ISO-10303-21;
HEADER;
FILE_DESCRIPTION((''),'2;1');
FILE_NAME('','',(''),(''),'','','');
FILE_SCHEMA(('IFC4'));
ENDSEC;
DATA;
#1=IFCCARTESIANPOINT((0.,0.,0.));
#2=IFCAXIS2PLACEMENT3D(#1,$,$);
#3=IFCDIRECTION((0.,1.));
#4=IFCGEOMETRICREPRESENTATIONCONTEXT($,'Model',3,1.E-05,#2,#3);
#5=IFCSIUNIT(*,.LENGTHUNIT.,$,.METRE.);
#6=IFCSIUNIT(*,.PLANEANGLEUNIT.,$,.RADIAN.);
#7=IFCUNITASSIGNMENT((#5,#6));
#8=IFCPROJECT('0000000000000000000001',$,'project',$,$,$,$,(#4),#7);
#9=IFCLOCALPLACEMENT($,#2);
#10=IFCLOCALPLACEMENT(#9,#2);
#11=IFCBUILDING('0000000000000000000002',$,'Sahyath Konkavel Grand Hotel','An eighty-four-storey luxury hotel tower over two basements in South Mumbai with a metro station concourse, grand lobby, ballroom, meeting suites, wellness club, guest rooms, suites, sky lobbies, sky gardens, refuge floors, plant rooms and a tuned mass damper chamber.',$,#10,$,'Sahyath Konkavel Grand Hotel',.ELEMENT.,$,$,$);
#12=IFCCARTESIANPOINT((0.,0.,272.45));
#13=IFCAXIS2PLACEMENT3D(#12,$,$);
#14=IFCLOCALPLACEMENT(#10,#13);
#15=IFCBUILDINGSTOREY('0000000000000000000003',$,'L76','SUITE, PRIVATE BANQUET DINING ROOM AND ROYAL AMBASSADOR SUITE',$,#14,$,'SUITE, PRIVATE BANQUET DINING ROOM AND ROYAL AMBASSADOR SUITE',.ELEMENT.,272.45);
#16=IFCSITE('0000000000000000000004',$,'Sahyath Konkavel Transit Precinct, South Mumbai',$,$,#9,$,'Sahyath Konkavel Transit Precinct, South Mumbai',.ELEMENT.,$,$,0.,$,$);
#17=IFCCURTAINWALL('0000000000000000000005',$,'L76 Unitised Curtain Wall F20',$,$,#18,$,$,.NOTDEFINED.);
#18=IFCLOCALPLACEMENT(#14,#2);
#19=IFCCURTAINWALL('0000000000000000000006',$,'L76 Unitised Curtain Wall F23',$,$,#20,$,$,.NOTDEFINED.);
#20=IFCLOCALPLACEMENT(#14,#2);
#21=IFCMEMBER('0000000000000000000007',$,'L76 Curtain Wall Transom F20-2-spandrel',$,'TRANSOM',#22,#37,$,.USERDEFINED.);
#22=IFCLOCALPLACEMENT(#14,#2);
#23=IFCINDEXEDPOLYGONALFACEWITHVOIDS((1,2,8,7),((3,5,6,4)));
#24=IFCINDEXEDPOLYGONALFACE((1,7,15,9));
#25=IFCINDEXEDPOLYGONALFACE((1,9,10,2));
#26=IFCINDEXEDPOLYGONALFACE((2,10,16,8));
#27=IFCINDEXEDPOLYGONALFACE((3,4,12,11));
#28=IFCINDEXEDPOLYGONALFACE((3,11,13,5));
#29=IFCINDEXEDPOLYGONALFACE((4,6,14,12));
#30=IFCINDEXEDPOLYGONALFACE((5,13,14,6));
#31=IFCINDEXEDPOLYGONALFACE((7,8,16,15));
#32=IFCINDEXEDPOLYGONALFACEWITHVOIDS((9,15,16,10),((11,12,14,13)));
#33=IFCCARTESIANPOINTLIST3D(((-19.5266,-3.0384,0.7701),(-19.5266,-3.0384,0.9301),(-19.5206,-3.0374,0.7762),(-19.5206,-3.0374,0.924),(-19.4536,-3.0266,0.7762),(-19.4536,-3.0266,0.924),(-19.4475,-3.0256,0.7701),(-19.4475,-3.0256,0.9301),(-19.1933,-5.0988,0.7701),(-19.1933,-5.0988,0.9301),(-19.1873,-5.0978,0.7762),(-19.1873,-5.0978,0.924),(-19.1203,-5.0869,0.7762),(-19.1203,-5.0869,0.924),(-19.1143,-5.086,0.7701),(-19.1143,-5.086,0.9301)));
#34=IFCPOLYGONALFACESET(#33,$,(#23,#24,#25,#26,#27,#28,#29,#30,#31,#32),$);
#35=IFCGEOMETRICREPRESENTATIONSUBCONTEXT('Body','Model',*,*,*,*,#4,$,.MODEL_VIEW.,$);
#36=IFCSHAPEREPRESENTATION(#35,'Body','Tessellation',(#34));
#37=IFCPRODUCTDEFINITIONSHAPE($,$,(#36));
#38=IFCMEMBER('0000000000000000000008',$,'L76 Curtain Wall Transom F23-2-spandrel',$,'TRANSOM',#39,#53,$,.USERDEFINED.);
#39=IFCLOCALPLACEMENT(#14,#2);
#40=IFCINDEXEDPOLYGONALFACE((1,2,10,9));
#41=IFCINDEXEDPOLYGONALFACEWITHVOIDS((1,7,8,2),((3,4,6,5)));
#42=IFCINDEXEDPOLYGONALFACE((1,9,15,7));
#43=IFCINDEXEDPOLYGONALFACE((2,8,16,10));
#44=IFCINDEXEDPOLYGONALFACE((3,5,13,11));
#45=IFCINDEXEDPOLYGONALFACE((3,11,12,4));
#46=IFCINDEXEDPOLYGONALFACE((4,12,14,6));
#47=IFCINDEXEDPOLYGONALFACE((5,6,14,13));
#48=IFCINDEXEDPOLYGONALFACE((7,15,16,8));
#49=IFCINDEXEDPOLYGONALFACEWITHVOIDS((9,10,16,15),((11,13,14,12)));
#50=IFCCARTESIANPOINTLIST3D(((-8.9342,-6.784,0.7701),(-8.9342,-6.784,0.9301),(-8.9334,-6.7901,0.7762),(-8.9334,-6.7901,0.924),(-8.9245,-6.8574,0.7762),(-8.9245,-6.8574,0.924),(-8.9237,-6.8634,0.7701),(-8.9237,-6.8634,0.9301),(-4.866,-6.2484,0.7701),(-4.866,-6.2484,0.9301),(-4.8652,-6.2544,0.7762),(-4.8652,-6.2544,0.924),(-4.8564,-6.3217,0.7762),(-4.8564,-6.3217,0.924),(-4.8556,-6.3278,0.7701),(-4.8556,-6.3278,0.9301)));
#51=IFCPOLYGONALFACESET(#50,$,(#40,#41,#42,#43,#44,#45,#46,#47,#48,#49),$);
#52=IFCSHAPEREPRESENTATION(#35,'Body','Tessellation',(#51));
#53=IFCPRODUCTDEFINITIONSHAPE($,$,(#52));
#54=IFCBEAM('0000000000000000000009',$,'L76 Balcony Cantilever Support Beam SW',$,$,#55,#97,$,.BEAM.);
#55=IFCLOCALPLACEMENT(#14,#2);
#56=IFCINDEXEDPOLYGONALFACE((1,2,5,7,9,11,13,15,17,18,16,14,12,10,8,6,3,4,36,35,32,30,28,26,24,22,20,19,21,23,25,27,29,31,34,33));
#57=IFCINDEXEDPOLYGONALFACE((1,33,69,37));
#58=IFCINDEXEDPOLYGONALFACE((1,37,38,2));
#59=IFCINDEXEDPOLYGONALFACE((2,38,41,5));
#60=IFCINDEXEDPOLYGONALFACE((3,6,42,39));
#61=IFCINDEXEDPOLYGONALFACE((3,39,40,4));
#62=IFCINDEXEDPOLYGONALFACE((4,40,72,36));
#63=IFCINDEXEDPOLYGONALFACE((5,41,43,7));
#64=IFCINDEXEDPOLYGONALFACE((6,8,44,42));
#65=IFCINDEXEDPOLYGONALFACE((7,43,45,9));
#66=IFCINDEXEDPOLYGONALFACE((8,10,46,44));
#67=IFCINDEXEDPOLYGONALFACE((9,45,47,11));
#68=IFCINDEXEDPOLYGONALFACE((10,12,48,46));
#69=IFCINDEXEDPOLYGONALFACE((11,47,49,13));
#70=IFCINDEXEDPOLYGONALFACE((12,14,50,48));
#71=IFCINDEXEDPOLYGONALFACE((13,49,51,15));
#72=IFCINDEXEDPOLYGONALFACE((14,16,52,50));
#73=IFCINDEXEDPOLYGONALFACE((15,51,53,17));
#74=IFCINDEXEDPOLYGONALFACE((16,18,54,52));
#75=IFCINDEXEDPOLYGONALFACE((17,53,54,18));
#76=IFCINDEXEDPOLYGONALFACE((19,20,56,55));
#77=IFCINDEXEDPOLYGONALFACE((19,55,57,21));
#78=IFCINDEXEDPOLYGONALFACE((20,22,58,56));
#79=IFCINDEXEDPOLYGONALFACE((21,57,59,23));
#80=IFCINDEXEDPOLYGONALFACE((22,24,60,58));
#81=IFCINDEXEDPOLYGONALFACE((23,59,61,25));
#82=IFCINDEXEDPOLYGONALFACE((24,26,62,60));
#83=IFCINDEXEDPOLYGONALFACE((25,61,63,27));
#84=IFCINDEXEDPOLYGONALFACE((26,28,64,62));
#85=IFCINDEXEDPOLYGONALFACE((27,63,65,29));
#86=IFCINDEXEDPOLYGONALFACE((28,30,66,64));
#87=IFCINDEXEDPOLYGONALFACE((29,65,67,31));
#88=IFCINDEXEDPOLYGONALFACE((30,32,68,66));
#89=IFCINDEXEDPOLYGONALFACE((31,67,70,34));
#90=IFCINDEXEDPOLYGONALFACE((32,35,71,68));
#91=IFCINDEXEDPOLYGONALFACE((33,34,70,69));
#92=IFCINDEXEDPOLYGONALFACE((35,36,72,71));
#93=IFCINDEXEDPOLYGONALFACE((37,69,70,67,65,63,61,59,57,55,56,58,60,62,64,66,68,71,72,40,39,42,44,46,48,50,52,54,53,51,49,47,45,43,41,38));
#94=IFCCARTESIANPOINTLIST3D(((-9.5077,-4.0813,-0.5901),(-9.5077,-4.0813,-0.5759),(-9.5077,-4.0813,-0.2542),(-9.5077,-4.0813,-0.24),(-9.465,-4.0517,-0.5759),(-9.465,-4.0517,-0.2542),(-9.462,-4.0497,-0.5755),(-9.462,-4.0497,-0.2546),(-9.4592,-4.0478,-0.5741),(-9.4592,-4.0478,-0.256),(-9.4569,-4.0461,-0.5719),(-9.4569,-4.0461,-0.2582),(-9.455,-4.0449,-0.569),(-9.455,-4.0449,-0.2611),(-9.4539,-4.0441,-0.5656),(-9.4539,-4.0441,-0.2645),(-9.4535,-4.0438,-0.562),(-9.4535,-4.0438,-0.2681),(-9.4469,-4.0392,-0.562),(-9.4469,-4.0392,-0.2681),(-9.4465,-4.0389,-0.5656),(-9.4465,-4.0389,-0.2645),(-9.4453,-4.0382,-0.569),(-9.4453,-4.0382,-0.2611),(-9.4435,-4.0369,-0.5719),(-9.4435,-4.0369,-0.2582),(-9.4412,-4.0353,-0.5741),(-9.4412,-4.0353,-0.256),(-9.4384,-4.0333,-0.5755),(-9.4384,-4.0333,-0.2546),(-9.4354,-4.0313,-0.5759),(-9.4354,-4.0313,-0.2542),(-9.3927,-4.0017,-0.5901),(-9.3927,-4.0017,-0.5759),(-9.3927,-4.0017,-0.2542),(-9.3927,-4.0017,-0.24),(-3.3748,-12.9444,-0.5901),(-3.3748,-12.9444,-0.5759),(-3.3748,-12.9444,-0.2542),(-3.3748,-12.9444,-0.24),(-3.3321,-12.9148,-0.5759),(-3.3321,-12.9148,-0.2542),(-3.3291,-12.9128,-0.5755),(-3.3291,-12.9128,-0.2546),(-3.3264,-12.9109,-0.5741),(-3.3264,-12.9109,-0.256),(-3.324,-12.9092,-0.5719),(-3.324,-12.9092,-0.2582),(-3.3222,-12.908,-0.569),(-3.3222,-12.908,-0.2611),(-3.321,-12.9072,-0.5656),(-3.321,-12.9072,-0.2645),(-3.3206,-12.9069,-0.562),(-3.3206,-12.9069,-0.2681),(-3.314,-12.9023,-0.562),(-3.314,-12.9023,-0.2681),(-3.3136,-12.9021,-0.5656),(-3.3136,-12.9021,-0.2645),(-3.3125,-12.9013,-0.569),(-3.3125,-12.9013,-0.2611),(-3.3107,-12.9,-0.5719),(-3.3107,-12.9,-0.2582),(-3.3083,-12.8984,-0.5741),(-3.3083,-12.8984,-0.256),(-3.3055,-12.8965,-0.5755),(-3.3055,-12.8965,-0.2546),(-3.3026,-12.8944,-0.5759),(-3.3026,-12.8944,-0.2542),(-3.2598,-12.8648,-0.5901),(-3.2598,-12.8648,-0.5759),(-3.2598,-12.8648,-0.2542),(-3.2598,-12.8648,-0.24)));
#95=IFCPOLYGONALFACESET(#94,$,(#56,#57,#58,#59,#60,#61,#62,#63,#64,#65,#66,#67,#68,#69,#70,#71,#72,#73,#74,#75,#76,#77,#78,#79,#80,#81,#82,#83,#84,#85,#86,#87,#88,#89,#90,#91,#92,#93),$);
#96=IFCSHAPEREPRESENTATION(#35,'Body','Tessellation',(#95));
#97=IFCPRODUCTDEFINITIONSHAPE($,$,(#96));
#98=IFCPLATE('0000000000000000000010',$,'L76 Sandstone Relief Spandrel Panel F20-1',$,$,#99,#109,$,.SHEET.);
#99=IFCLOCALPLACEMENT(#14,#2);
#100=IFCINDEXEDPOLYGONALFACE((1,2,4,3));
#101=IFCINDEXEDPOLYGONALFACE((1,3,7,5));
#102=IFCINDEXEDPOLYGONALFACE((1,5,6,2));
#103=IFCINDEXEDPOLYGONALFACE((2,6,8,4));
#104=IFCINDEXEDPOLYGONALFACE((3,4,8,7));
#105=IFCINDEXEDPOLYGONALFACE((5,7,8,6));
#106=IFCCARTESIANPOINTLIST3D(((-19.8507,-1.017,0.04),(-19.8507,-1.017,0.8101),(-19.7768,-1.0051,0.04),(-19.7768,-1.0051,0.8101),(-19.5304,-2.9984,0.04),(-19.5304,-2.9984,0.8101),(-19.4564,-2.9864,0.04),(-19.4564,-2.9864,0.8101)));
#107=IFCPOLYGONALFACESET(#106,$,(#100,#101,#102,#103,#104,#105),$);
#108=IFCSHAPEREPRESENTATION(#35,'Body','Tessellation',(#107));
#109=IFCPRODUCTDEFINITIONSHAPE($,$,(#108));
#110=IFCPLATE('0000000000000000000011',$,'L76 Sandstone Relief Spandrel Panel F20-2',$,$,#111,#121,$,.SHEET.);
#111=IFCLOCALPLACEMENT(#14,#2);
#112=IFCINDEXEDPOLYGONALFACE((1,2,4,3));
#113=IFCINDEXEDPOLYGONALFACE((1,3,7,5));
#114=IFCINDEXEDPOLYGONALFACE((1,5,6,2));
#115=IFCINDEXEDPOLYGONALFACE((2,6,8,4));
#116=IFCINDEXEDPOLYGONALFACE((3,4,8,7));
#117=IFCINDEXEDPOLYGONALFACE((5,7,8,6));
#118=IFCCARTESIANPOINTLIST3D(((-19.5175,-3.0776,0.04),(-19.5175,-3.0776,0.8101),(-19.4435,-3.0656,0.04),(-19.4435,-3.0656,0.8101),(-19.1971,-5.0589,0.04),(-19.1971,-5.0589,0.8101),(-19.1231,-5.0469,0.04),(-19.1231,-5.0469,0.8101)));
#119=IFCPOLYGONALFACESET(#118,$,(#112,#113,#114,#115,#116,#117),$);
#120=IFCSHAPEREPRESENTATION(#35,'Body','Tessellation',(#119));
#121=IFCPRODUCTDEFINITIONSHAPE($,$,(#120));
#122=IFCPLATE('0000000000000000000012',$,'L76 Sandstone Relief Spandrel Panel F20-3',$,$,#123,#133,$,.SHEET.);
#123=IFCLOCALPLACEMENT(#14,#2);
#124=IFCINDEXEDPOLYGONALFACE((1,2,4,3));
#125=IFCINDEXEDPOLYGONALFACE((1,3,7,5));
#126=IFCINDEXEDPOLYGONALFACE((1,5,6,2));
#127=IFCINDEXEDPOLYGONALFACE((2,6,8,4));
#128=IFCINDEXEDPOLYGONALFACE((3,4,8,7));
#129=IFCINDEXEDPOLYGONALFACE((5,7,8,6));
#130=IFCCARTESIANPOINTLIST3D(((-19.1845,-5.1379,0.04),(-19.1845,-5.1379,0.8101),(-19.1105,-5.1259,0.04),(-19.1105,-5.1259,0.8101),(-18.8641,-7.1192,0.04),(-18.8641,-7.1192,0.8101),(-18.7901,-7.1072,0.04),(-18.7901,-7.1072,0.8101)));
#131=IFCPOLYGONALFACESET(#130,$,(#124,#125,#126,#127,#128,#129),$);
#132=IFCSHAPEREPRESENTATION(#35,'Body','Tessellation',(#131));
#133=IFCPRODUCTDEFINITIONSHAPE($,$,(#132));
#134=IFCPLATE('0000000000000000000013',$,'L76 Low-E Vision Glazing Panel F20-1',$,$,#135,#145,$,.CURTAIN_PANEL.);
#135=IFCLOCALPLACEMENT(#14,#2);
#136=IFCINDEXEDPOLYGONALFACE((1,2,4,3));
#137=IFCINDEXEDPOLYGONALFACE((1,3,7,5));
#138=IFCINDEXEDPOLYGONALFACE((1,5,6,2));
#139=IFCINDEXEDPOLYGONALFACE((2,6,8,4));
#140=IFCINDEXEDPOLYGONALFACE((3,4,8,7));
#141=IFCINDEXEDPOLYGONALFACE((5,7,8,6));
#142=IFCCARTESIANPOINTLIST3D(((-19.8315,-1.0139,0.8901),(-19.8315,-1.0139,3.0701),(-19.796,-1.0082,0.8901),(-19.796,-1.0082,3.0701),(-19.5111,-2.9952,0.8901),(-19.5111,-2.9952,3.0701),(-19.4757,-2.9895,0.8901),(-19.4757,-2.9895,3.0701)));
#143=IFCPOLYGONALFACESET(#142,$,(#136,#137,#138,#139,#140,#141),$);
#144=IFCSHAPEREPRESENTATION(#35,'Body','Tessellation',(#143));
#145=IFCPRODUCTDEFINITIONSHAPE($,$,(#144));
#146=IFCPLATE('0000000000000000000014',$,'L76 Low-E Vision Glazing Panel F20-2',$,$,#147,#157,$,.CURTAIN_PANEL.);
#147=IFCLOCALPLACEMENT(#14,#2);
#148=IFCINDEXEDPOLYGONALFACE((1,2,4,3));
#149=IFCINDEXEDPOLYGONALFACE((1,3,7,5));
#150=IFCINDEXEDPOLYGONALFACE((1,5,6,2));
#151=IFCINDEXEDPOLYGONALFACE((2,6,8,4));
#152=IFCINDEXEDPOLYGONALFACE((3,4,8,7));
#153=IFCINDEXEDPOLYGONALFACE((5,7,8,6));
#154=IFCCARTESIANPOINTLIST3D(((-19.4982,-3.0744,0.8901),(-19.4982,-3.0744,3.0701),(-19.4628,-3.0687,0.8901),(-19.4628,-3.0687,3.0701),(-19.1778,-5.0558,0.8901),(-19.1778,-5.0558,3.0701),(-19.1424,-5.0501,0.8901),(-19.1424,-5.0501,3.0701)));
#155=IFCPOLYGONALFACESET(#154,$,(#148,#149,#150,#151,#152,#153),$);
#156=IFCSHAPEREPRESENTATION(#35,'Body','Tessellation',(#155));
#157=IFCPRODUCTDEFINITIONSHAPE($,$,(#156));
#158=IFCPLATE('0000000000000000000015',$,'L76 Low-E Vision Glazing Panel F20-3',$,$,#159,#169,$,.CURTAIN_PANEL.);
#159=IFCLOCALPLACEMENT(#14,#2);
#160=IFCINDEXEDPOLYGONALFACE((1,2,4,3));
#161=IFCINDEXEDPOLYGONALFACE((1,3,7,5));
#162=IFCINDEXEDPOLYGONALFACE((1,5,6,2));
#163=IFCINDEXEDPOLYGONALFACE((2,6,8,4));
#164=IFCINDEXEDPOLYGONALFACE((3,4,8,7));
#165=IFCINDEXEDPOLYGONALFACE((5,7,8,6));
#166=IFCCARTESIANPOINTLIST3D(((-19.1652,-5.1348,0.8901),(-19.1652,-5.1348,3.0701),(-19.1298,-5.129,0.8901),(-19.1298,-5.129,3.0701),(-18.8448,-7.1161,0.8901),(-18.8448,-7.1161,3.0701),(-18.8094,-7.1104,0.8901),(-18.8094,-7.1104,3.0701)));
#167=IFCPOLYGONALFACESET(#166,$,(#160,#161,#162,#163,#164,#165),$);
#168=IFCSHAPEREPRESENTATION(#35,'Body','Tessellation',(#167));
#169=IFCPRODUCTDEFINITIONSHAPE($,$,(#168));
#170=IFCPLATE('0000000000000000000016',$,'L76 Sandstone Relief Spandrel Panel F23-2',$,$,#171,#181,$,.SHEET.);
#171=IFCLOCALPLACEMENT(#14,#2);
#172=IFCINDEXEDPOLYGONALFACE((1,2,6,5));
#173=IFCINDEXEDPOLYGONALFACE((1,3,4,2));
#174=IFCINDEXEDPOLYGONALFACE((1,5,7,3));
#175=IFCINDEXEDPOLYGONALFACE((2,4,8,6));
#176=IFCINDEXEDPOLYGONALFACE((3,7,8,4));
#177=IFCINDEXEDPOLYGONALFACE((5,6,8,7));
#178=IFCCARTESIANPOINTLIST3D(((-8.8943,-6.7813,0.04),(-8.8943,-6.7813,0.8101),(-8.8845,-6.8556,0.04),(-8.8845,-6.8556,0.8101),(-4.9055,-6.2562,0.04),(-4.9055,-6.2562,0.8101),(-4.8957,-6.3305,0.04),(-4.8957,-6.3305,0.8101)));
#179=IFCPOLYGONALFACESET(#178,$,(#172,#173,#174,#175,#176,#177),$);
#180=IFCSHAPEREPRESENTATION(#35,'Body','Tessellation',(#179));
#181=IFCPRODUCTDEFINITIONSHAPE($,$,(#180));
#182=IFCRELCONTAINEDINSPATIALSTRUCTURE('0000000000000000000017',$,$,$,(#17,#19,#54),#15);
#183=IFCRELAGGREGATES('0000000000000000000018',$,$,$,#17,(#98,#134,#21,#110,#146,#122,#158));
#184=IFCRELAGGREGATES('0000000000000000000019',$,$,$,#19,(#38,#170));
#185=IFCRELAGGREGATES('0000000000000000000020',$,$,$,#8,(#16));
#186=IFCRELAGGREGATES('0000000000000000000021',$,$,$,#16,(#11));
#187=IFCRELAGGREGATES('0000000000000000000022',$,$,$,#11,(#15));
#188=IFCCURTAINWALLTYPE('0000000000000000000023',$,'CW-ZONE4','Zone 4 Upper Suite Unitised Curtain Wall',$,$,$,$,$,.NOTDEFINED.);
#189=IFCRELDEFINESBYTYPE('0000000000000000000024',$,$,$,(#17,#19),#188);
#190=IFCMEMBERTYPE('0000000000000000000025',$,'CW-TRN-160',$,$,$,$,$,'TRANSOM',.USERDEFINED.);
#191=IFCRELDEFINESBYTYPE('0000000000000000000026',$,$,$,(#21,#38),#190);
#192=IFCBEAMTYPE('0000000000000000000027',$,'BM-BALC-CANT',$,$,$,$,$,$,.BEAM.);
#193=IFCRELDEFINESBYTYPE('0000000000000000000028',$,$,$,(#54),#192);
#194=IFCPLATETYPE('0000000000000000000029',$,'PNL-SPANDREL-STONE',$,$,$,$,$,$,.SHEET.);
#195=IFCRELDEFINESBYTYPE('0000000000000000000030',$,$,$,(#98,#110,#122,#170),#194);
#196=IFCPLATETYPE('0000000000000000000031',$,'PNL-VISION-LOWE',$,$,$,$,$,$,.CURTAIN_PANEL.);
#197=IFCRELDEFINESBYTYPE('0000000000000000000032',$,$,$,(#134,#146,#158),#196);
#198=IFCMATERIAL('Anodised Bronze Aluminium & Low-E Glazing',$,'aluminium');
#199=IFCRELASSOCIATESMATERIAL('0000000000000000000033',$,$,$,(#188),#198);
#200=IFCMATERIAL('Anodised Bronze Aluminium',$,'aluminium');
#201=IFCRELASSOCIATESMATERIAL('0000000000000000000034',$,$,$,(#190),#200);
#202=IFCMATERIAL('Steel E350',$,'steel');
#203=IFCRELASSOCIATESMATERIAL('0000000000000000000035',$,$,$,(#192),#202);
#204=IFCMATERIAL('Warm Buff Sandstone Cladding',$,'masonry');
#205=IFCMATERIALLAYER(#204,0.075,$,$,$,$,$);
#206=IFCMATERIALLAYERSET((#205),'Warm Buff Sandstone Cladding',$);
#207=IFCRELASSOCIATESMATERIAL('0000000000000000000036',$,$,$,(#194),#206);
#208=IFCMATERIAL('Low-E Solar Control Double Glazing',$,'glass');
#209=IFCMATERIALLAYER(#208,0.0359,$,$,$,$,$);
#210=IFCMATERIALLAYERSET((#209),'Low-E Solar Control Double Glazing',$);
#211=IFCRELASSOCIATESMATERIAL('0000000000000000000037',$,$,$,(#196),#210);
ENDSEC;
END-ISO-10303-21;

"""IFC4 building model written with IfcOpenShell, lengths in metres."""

from ifc_helpers import new_model, si_unit, direction, frame, origin, origin_2d, place, context, subcontext, project, spatial, rectangle, hollow_rectangle, i_section, extrude, source, transform, mapped, material, layer, layer_set, material_profile, profile_set, type_object, element, aggregate, save


model = new_model("IFC4")

# Units and contexts
model_context = context("Model", 3, precision=1e-05, world=origin(), true_north=direction((0.0, 1.0)))
body_context = subcontext(model_context, "Body", "Model", "MODEL_VIEW")
ifc_project = project(units=[si_unit("LENGTHUNIT", "METRE"), si_unit("PLANEANGLEUNIT", "RADIAN")], contexts=[model_context])

# Site, building, storey
site_placement = place(None, origin())
site = spatial("IfcSite", under=ifc_project, at=site_placement, Name="Sahyath Konkavel Transit Precinct, South Mumbai", LongName="Sahyath Konkavel Transit Precinct, South Mumbai", CompositionType="ELEMENT", RefElevation=0.0)
building_placement = place(site_placement, origin())
building = spatial("IfcBuilding", under=site, at=building_placement, Name="Sahyath Konkavel Grand Hotel", Description="An eighty-four-storey luxury hotel tower over two basements in South Mumbai with a metro station concourse, grand lobby, ballroom, meeting suites, wellness club, guest rooms, suites, sky lobbies, sky gardens, refuge floors, plant rooms and a tuned mass damper chamber.", LongName="Sahyath Konkavel Grand Hotel", CompositionType="ELEMENT")
storey_placement = place(building_placement, frame((0.0, 0.0, 272.45)))
storey = spatial("IfcBuildingStorey", under=building, at=storey_placement, Name="L76", Description="SUITE, PRIVATE BANQUET DINING ROOM AND ROYAL AMBASSADOR SUITE", LongName="SUITE, PRIVATE BANQUET DINING ROOM AND ROYAL AMBASSADOR SUITE", CompositionType="ELEMENT", Elevation=272.45)

# Shared definitions
ifc_material_1 = material(Name="Steel E350", Category="steel")

# Curtain wall
ifc_material_2 = material(Name="Anodised Bronze Aluminium & Low-E Glazing", Category="aluminium")
curtain_wall_type = type_object("IfcCurtainWallType", Name="CW-ZONE4", Description="Zone 4 Upper Suite Unitised Curtain Wall", PredefinedType="NOTDEFINED", material=ifc_material_2)
curtain_wall_1_placement = place(storey_placement, origin())
curtain_wall_1 = element("IfcCurtainWall", 1, at=curtain_wall_1_placement, inside=storey, type_object=curtain_wall_type, Name="L76 Unitised Curtain Wall F20", PredefinedType="NOTDEFINED")
ifc_material_3 = material(Name="Anodised Bronze Aluminium", Category="aluminium")

# Curtain wall
curtain_wall_2_placement = place(storey_placement, origin())
curtain_wall_2 = element("IfcCurtainWall", 2, at=curtain_wall_2_placement, inside=storey, type_object=curtain_wall_type, Name="L76 Unitised Curtain Wall F23", PredefinedType="NOTDEFINED")

# Members
ifc_material_profile_1 = material_profile(ifc_material_3, hollow_rectangle(XDim=0.0801, YDim=0.1599, WallThickness=0.0061, at=origin_2d()), Name="RHS 160x80x6")
ifc_profile_set_1 = profile_set([ifc_material_profile_1], Name="Anodised Bronze Aluminium")
member_type_1 = type_object("IfcMemberType", Name="CW-TRN-160", ElementType="TRANSOM", PredefinedType="USERDEFINED", material=ifc_profile_set_1)
shared_shape_1 = source(origin(), body_context, "Body", "SweptSolid", [
    extrude(hollow_rectangle(XDim=0.0801, YDim=0.1599, WallThickness=0.0061, at=origin_2d()), origin(), (0.0, 0.0, 1.0), 2.0872),
])
member_1_placement = place(storey_placement, frame((-19.4871, -3.032, 0.8501), z_axis=(0.159674, -0.98717, 0.0), x_axis=(0.98717, 0.159674, 0.0)))
member_1 = element("IfcMember", 3, at=member_1_placement, type_object=member_type_1, Name="L76 Curtain Wall Transom F20-2-spandrel", ObjectType="TRANSOM", PredefinedType="USERDEFINED", context=body_context, shape_type="MappedRepresentation", body=[
    mapped(shared_shape_1, transform((0.0, 0.0, 0.0), scale=1.0)),
])
shared_shape_2 = source(origin(), body_context, "Body", "SweptSolid", [
    extrude(hollow_rectangle(XDim=0.0801, YDim=0.1599, WallThickness=0.0061, at=origin_2d()), origin(), (0.0, 0.0, 1.0), 4.1033),
])
member_2_placement = place(storey_placement, frame((-8.929, -6.8237, 0.8501), z_axis=(0.991443, 0.130542, 0.0), x_axis=(-0.130542, 0.991443, 0.0)))
member_2 = element("IfcMember", 4, at=member_2_placement, type_object=member_type_1, Name="L76 Curtain Wall Transom F23-2-spandrel", ObjectType="TRANSOM", PredefinedType="USERDEFINED", context=body_context, shape_type="MappedRepresentation", body=[
    mapped(shared_shape_2, transform((0.0, 0.0, 0.0), scale=1.0)),
])

# Beam
ifc_material_profile_2 = material_profile(ifc_material_1, i_section(OverallWidth=0.1399, OverallDepth=0.3501, WebThickness=0.0081, FlangeThickness=0.0142, FilletRadius=0.0139, at=origin_2d()), Name="ISMB 350")
ifc_profile_set_2 = profile_set([ifc_material_profile_2], Name="Steel E350")
beam_type_1 = type_object("IfcBeamType", Name="BM-BALC-CANT", PredefinedType="BEAM", material=ifc_profile_set_2)
shared_shape_3 = source(origin(), body_context, "Body", "SweptSolid", [
    extrude(i_section(OverallWidth=0.1399, OverallDepth=0.3501, WebThickness=0.0081, FlangeThickness=0.0142, FilletRadius=0.0139, at=origin_2d()), origin(), (0.0, 0.0, 1.0), 10.7781),
])
beam_1_placement = place(storey_placement, frame((-9.4502, -4.0415, -0.415), z_axis=(0.569013, -0.822328, 0.0), x_axis=(0.822328, 0.569013, 0.0)))
element("IfcBeam", 5, at=beam_1_placement, inside=storey, type_object=beam_type_1, Name="L76 Balcony Cantilever Support Beam SW", PredefinedType="BEAM", context=body_context, shape_type="MappedRepresentation", body=[
    mapped(shared_shape_3, transform((0.0, 0.0, 0.0), scale=1.0)),
])

# Plates
ifc_material_4 = material(Name="Warm Buff Sandstone Cladding", Category="masonry")
ifc_layer_1 = layer(ifc_material_4, 0.075)
ifc_layer_set_1 = layer_set([ifc_layer_1], Name="Warm Buff Sandstone Cladding")
plate_type_1 = type_object("IfcPlateType", Name="PNL-SPANDREL-STONE", PredefinedType="SHEET", material=ifc_layer_set_1)
shared_shape_4 = source(origin(), body_context, "Body", "SweptSolid", [
    extrude(rectangle(XDim=2.0071, YDim=0.075, at=origin_2d()), origin(), (0.0, 0.0, 1.0), 0.77),
])
plate_1_placement = place(storey_placement, frame((-19.6536, -2.0017, 0.04), z_axis=(0.0, 0.0, 1.0), x_axis=(0.159623, -0.987178, 0.0)))
plate_1 = element("IfcPlate", 6, at=plate_1_placement, type_object=plate_type_1, Name="L76 Sandstone Relief Spandrel Panel F20-1", PredefinedType="SHEET", context=body_context, shape_type="MappedRepresentation", body=[
    mapped(shared_shape_4, transform((0.0, 0.0, 0.0), scale=1.0)),
])
plate_2_placement = place(storey_placement, frame((-19.3203, -4.0623, 0.04), z_axis=(0.0, 0.0, 1.0), x_axis=(0.159623, -0.987178, 0.0)))
plate_2 = element("IfcPlate", 7, at=plate_2_placement, type_object=plate_type_1, Name="L76 Sandstone Relief Spandrel Panel F20-2", PredefinedType="SHEET", context=body_context, shape_type="MappedRepresentation", body=[
    mapped(shared_shape_4, transform((0.0, 0.0, 0.0), scale=1.0)),
])
plate_3_placement = place(storey_placement, frame((-18.9873, -6.1226, 0.04), z_axis=(0.0, 0.0, 1.0), x_axis=(0.159623, -0.987178, 0.0)))
plate_3 = element("IfcPlate", 8, at=plate_3_placement, type_object=plate_type_1, Name="L76 Sandstone Relief Spandrel Panel F20-3", PredefinedType="SHEET", context=body_context, shape_type="MappedRepresentation", body=[
    mapped(shared_shape_4, transform((0.0, 0.0, 0.0), scale=1.0)),
])
ifc_material_5 = material(Name="Low-E Solar Control Double Glazing", Category="glass")
ifc_layer_2 = layer(ifc_material_5, 0.0359)
ifc_layer_set_2 = layer_set([ifc_layer_2], Name="Low-E Solar Control Double Glazing")
plate_type_2 = type_object("IfcPlateType", Name="PNL-VISION-LOWE", PredefinedType="CURTAIN_PANEL", material=ifc_layer_set_2)
shared_shape_5 = source(origin(), body_context, "Body", "SweptSolid", [
    extrude(rectangle(XDim=2.0071, YDim=0.0359, at=origin_2d()), origin(), (0.0, 0.0, 1.0), 2.1799),
])
plate_4_placement = place(storey_placement, frame((-19.6536, -2.0017, 0.8901), z_axis=(0.0, 0.0, 1.0), x_axis=(0.159623, -0.987178, 0.0)))
plate_4 = element("IfcPlate", 9, at=plate_4_placement, type_object=plate_type_2, Name="L76 Low-E Vision Glazing Panel F20-1", PredefinedType="CURTAIN_PANEL", context=body_context, shape_type="MappedRepresentation", body=[
    mapped(shared_shape_5, transform((0.0, 0.0, 0.0), scale=1.0)),
])
plate_5_placement = place(storey_placement, frame((-19.3203, -4.0623, 0.8901), z_axis=(0.0, 0.0, 1.0), x_axis=(0.159623, -0.987178, 0.0)))
plate_5 = element("IfcPlate", 10, at=plate_5_placement, type_object=plate_type_2, Name="L76 Low-E Vision Glazing Panel F20-2", PredefinedType="CURTAIN_PANEL", context=body_context, shape_type="MappedRepresentation", body=[
    mapped(shared_shape_5, transform((0.0, 0.0, 0.0), scale=1.0)),
])
plate_6_placement = place(storey_placement, frame((-18.9873, -6.1226, 0.8901), z_axis=(0.0, 0.0, 1.0), x_axis=(0.159623, -0.987178, 0.0)))
plate_6 = element("IfcPlate", 11, at=plate_6_placement, type_object=plate_type_2, Name="L76 Low-E Vision Glazing Panel F20-3", PredefinedType="CURTAIN_PANEL", context=body_context, shape_type="MappedRepresentation", body=[
    mapped(shared_shape_5, transform((0.0, 0.0, 0.0), scale=1.0)),
])
aggregate(curtain_wall_1, [plate_1, plate_4, member_1, plate_2, plate_5, plate_3, plate_6])
shared_shape_6 = source(origin(), body_context, "Body", "SweptSolid", [
    extrude(rectangle(XDim=4.0232, YDim=0.075, at=origin_2d()), origin(), (0.0, 0.0, 1.0), 0.77),
])
plate_7_placement = place(storey_placement, frame((-6.895, -6.5559, 0.04), z_axis=(0.0, 0.0, 1.0), x_axis=(0.991445, 0.130526, 0.0)))
plate_7 = element("IfcPlate", 12, at=plate_7_placement, type_object=plate_type_1, Name="L76 Sandstone Relief Spandrel Panel F23-2", PredefinedType="SHEET", context=body_context, shape_type="MappedRepresentation", body=[
    mapped(shared_shape_6, transform((0.0, 0.0, 0.0), scale=1.0)),
])
aggregate(curtain_wall_2, [member_2, plate_7])

save(model, "model.ifc")
